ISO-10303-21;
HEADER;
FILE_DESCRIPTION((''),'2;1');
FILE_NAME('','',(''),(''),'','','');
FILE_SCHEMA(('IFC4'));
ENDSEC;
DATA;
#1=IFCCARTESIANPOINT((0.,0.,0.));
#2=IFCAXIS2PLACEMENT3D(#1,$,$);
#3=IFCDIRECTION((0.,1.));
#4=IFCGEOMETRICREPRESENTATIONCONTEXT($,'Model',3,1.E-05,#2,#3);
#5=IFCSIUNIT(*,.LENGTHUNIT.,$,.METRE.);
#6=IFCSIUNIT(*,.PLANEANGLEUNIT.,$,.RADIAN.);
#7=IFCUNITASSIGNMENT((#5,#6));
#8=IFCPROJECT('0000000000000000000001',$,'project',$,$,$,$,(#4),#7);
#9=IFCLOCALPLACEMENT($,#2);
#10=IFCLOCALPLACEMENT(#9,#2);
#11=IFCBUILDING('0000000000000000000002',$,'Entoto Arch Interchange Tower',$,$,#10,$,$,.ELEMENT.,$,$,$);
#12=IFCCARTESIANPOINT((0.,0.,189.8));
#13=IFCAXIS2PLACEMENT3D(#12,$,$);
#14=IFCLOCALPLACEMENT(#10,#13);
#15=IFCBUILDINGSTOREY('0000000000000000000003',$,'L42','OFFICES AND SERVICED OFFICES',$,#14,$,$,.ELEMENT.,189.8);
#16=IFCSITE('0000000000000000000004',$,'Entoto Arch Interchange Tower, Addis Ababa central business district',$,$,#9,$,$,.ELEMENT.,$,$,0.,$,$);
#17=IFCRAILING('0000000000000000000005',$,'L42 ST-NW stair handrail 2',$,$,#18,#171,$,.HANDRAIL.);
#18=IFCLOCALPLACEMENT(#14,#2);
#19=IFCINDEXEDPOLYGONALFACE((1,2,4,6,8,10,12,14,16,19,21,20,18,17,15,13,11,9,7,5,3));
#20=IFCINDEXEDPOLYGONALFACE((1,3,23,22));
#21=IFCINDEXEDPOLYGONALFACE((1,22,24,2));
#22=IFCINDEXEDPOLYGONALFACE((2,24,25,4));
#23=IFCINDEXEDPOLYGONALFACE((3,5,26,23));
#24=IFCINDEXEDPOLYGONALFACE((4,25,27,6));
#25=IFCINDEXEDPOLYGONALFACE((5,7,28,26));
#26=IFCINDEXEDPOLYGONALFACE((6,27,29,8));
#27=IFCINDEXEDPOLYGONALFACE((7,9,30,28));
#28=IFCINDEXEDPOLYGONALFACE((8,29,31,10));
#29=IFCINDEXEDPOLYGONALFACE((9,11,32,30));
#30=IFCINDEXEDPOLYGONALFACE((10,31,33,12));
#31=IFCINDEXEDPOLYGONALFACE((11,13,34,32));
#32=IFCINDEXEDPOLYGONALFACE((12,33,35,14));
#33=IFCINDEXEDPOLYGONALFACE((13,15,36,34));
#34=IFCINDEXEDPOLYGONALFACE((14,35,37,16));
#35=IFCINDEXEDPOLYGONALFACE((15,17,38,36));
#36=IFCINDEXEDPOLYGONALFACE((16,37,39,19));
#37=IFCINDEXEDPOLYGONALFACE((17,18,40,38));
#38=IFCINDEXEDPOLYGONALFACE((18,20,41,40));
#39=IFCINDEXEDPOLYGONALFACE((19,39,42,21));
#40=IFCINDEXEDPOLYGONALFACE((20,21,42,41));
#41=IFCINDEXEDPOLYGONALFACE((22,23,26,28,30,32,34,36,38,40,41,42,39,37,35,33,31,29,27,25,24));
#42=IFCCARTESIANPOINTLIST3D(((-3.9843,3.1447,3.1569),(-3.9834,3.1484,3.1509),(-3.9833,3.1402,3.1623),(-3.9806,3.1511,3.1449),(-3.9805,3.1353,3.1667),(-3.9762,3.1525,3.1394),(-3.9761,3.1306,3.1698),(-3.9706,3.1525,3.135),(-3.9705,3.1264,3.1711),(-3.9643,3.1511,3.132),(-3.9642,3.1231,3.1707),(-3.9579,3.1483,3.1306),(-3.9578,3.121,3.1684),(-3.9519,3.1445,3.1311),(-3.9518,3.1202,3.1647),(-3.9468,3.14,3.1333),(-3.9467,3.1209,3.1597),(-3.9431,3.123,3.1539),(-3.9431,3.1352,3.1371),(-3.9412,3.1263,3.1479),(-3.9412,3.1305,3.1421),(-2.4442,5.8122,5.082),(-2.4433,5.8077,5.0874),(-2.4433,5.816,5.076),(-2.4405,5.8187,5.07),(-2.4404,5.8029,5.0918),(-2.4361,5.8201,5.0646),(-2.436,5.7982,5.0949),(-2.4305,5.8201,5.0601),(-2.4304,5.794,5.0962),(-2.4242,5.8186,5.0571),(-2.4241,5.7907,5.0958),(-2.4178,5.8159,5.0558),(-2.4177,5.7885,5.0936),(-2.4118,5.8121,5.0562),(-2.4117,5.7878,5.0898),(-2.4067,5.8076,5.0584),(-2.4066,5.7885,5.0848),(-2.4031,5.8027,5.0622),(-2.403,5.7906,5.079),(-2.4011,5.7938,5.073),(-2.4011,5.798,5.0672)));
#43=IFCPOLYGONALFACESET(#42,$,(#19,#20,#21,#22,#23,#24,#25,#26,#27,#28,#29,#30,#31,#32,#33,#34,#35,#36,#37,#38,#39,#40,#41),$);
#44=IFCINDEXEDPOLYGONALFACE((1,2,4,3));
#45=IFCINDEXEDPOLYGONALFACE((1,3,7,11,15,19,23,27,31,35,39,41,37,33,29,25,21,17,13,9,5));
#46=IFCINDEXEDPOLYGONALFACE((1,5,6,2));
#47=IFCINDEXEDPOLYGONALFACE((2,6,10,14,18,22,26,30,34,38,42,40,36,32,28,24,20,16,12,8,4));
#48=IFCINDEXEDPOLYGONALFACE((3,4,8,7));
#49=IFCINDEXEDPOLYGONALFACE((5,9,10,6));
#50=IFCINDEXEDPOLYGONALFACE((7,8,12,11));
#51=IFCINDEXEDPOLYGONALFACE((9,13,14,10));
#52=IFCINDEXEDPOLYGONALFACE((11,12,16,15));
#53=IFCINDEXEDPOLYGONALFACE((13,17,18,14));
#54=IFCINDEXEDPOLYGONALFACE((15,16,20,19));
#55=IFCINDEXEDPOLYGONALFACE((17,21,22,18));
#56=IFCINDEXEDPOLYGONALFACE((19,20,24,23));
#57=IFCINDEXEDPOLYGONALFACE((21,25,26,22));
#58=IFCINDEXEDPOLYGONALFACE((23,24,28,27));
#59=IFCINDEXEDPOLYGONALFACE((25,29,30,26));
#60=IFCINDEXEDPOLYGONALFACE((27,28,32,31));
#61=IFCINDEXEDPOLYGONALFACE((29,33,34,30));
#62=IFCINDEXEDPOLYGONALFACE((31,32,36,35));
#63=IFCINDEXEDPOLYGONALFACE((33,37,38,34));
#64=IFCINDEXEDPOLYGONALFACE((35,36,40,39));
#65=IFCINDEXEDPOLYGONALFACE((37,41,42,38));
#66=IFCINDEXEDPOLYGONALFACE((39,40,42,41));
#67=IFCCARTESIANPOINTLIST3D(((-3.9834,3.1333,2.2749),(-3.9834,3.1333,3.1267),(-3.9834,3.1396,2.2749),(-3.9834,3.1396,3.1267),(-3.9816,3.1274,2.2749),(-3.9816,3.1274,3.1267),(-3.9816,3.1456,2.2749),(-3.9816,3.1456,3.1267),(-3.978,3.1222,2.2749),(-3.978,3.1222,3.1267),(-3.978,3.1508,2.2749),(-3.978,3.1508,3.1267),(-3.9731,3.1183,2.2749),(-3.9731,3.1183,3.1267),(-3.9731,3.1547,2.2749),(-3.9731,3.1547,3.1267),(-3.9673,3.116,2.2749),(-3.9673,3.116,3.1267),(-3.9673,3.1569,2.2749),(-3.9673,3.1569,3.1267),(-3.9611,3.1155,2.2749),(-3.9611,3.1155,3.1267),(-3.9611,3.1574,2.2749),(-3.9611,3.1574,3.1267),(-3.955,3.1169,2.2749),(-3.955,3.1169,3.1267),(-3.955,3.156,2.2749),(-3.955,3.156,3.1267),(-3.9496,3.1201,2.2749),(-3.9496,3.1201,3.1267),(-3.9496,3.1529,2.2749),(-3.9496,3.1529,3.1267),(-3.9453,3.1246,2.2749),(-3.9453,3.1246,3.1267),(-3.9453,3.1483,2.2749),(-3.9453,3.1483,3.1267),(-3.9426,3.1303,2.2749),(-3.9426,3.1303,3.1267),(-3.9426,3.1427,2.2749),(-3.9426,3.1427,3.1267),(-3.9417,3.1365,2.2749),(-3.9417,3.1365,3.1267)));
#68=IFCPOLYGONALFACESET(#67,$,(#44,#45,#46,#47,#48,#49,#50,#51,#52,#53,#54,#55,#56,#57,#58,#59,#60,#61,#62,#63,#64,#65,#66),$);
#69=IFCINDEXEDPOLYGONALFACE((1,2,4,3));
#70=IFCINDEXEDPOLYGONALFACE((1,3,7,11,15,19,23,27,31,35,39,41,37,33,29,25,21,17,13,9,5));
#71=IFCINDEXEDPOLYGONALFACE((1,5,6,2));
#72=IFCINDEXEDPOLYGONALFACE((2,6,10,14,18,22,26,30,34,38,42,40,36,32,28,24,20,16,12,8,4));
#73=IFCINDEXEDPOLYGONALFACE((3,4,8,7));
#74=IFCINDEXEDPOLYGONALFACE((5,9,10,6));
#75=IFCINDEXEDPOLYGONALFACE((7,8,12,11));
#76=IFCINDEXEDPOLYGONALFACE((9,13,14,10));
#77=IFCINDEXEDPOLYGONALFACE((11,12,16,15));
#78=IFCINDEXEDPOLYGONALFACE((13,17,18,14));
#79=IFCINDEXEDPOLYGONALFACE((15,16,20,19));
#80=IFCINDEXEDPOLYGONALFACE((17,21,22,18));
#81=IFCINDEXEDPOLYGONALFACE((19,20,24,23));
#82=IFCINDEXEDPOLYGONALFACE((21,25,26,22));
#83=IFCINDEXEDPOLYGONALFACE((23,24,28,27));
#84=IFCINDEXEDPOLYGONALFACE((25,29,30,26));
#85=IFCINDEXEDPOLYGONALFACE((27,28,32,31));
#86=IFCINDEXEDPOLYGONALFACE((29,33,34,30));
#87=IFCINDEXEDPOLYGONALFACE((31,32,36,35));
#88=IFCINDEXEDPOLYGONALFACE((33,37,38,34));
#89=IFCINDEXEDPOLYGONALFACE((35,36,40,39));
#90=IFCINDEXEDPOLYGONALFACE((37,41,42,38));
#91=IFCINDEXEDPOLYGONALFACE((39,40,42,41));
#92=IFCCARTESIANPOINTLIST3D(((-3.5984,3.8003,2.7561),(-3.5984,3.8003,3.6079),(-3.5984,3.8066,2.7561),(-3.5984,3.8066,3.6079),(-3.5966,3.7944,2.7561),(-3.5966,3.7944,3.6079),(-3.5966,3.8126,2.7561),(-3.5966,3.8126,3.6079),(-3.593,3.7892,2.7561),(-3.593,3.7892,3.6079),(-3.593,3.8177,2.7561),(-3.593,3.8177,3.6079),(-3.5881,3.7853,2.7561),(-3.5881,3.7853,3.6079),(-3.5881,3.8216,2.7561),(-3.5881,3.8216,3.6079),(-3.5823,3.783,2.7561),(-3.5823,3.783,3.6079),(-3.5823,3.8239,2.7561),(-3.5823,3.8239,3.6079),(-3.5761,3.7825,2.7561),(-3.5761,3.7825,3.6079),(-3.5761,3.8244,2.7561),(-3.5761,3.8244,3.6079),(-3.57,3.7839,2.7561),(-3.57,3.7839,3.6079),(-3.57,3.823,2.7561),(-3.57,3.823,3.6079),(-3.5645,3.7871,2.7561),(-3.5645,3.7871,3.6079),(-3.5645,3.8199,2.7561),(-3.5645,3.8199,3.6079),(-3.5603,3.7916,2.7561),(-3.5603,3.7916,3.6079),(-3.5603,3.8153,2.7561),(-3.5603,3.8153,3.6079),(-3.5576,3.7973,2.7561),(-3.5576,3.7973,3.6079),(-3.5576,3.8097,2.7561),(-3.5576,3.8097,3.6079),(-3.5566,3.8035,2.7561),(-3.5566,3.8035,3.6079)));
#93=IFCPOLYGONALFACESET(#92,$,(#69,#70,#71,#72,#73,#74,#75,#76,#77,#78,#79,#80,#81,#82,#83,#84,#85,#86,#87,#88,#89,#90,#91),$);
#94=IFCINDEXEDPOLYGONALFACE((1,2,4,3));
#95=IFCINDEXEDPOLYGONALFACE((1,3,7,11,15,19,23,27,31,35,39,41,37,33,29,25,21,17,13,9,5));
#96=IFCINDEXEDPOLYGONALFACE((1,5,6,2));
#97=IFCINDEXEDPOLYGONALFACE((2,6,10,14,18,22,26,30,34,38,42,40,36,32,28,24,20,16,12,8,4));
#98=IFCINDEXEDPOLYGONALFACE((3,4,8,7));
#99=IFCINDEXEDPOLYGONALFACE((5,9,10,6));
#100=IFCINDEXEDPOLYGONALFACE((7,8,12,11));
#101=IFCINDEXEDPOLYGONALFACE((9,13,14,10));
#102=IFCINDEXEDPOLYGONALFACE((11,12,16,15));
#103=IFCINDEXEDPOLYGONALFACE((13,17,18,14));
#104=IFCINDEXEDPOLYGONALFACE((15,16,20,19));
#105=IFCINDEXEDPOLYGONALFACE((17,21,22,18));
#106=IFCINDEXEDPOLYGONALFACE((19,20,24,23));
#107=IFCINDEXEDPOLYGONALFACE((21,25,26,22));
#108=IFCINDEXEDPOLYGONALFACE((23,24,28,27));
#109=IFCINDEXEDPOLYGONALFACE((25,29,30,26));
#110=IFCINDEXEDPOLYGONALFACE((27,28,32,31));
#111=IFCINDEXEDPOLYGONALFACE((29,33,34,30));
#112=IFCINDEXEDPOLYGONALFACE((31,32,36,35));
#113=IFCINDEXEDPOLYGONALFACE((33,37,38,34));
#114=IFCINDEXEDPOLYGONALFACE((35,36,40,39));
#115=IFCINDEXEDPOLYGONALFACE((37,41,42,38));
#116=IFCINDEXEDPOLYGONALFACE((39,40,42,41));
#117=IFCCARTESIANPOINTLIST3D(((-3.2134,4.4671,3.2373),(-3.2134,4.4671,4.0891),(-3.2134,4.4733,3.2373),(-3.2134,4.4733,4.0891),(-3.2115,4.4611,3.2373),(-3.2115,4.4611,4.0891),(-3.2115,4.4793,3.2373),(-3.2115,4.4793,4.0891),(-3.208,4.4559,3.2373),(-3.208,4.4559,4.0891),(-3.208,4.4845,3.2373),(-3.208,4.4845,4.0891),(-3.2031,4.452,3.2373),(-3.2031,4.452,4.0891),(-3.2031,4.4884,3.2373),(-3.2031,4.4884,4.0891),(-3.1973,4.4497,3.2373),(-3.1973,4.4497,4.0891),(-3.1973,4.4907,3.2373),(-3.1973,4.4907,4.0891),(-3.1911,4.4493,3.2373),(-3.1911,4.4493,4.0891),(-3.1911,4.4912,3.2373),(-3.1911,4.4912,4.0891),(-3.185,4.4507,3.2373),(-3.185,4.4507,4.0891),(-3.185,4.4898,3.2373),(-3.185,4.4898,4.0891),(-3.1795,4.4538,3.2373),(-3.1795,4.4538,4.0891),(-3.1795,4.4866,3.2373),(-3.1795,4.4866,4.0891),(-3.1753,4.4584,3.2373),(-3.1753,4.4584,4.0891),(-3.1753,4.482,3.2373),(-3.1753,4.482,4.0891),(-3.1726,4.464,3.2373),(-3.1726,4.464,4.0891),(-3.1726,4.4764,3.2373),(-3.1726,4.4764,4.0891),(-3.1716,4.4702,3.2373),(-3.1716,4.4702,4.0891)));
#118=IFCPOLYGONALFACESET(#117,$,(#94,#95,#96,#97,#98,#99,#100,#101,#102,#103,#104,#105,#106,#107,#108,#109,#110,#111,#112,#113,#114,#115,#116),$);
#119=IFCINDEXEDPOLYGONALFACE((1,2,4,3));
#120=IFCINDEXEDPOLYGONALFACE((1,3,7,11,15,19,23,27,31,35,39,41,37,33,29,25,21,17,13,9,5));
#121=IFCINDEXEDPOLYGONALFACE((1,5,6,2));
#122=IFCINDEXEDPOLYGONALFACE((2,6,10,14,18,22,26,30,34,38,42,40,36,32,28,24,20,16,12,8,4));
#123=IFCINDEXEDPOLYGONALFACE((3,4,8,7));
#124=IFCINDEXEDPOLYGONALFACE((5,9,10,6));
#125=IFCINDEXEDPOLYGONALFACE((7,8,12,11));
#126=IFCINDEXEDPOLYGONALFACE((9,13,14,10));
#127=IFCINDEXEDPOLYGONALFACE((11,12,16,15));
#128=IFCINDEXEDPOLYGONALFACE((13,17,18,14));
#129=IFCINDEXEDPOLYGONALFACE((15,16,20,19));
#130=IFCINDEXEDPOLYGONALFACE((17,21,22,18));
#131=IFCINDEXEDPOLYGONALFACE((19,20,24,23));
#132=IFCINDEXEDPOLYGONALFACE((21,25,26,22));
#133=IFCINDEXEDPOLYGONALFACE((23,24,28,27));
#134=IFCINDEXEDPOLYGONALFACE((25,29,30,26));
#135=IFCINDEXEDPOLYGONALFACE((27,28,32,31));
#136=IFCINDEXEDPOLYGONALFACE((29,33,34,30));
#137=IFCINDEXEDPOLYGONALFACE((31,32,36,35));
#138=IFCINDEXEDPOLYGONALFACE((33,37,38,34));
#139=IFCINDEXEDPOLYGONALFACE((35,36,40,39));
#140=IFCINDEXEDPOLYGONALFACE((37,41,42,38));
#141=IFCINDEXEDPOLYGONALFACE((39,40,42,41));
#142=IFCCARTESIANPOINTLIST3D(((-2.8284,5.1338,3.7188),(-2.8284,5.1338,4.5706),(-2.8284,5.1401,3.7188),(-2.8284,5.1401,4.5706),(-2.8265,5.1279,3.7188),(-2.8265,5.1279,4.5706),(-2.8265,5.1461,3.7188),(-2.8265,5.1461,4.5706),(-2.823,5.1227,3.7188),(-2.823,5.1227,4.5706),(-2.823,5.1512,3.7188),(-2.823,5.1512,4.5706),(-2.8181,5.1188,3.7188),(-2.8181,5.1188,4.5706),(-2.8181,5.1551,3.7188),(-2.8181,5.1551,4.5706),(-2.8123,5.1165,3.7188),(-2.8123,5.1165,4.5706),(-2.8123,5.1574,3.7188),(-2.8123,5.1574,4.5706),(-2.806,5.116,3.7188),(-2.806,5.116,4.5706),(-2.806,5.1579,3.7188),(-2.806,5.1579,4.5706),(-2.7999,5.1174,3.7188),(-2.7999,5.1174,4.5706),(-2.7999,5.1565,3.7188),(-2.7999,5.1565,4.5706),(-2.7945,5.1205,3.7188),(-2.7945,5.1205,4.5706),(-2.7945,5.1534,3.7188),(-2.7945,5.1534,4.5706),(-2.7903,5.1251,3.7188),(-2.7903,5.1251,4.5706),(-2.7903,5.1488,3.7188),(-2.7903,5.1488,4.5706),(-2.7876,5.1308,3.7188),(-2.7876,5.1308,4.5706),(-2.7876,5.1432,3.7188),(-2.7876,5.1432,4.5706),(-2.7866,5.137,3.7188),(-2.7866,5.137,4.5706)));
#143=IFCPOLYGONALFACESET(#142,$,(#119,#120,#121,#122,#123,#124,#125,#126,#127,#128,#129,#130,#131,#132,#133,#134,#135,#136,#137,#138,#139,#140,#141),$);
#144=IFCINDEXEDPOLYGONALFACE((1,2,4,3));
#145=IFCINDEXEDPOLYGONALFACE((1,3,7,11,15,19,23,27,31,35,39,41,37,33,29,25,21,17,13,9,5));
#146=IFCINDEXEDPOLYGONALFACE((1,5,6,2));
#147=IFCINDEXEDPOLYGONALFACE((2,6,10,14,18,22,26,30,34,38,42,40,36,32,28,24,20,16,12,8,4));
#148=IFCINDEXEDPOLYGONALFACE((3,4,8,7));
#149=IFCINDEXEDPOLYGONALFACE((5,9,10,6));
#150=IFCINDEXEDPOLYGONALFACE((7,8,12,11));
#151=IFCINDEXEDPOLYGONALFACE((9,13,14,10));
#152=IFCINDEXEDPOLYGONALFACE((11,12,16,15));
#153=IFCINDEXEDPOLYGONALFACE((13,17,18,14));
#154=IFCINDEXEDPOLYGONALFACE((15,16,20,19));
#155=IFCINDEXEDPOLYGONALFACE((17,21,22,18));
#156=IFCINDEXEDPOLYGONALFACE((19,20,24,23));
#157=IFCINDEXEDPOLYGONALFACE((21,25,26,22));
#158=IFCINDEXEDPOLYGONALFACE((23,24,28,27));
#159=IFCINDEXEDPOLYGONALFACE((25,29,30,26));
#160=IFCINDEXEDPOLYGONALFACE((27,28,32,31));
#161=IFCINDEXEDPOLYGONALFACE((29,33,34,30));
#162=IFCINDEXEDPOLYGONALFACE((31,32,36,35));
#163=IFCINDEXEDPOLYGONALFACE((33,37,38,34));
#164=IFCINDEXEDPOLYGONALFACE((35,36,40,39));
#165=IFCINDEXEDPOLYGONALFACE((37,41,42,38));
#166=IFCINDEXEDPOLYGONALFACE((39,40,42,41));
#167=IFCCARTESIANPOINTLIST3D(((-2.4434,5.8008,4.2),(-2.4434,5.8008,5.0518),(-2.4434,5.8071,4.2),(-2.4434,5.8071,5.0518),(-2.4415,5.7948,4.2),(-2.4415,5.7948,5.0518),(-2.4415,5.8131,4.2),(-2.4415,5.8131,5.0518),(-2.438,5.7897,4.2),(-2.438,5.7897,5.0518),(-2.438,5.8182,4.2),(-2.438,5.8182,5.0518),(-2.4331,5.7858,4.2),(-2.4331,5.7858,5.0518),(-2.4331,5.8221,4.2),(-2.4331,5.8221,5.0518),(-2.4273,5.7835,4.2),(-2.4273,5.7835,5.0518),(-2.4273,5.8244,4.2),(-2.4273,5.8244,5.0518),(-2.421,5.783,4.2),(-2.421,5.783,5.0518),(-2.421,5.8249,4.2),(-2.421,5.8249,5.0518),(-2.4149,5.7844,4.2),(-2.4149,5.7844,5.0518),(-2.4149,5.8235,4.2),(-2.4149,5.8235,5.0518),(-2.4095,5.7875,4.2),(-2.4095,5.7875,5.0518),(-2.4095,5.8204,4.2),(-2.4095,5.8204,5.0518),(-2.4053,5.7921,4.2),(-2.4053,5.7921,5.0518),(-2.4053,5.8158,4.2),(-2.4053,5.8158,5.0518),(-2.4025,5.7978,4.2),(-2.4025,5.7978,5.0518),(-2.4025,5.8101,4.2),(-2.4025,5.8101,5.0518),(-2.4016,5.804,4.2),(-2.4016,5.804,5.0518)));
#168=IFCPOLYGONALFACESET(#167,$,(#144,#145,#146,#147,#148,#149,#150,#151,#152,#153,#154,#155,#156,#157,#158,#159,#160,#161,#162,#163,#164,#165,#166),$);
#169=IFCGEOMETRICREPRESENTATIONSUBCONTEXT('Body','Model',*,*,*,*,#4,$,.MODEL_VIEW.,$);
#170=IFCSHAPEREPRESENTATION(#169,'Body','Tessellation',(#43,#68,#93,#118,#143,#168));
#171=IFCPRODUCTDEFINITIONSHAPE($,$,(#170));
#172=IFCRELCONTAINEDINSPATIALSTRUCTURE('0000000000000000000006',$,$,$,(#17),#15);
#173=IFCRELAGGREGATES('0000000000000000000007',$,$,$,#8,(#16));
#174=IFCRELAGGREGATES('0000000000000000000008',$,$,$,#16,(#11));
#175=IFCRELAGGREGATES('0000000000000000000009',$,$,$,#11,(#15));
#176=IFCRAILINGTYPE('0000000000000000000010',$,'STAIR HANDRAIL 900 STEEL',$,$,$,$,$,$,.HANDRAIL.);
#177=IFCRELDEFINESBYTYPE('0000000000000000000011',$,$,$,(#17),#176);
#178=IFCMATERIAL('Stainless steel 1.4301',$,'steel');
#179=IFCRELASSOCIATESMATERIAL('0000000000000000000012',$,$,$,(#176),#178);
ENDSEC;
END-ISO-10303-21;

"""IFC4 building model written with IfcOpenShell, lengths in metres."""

from ifc_helpers import new_model, si_unit, direction, frame, origin, origin_2d, place, context, subcontext, project, spatial, circle, extrude, material, type_object, element, save


model = new_model("IFC4")

# Units and contexts
model_context = context("Model", 3, precision=1e-05, world=origin(), true_north=direction((0.0, 1.0)))
body_context = subcontext(model_context, "Body", "Model", "MODEL_VIEW")
ifc_project = project(units=[si_unit("LENGTHUNIT", "METRE"), si_unit("PLANEANGLEUNIT", "RADIAN")], contexts=[model_context])

# Site, building, storey
site_placement = place(None, origin())
site = spatial("IfcSite", under=ifc_project, at=site_placement, Name="Entoto Arch Interchange Tower, Addis Ababa central business district", CompositionType="ELEMENT", RefElevation=0.0)
building_placement = place(site_placement, origin())
building = spatial("IfcBuilding", under=site, at=building_placement, Name="Entoto Arch Interchange Tower", CompositionType="ELEMENT")
storey_placement = place(building_placement, frame((0.0, 0.0, 189.8)))
storey = spatial("IfcBuildingStorey", under=building, at=storey_placement, Name="L42", Description="OFFICES AND SERVICED OFFICES", CompositionType="ELEMENT", Elevation=189.8)

# Railing
ifc_material_1 = material(Name="Stainless steel 1.4301", Category="steel")
railing_type_1 = type_object("IfcRailingType", Name="STAIR HANDRAIL 900 STEEL", PredefinedType="HANDRAIL", material=ifc_material_1)
railing_1_placement = place(storey_placement, frame((-3.9626, 3.1365, 2.2749)))
element("IfcRailing", 1, at=railing_1_placement, inside=storey, type_object=railing_type_1, Name="L42 ST-NW stair handrail 2", PredefinedType="HANDRAIL", context=body_context, shape_type="SweptSolid", body=[
    extrude(circle(Radius=0.0239, at=origin_2d()), frame((0.0, 0.0, 0.876), z_axis=(0.423994, 0.734395, 0.529993), x_axis=(-0.86603, 0.499992, 0.0)), (0.0, 0.0, 1.0), 3.6323),
    extrude(circle(Radius=0.021, at=origin_2d()), origin(), (0.0, 0.0, 1.0), 0.8518),
    extrude(circle(Radius=0.021, at=origin_2d()), frame((0.385, 0.667, 0.4812)), (0.0, 0.0, 1.0), 0.8518),
    extrude(circle(Radius=0.021, at=origin_2d()), frame((0.77, 1.3337, 0.9624)), (0.0, 0.0, 1.0), 0.8518),
    extrude(circle(Radius=0.021, at=origin_2d()), frame((1.155, 2.0005, 1.4438)), (0.0, 0.0, 1.0), 0.8518),
    extrude(circle(Radius=0.021, at=origin_2d()), frame((1.54, 2.6675, 1.925)), (0.0, 0.0, 1.0), 0.8518),
])

save(model, "model.ifc")
